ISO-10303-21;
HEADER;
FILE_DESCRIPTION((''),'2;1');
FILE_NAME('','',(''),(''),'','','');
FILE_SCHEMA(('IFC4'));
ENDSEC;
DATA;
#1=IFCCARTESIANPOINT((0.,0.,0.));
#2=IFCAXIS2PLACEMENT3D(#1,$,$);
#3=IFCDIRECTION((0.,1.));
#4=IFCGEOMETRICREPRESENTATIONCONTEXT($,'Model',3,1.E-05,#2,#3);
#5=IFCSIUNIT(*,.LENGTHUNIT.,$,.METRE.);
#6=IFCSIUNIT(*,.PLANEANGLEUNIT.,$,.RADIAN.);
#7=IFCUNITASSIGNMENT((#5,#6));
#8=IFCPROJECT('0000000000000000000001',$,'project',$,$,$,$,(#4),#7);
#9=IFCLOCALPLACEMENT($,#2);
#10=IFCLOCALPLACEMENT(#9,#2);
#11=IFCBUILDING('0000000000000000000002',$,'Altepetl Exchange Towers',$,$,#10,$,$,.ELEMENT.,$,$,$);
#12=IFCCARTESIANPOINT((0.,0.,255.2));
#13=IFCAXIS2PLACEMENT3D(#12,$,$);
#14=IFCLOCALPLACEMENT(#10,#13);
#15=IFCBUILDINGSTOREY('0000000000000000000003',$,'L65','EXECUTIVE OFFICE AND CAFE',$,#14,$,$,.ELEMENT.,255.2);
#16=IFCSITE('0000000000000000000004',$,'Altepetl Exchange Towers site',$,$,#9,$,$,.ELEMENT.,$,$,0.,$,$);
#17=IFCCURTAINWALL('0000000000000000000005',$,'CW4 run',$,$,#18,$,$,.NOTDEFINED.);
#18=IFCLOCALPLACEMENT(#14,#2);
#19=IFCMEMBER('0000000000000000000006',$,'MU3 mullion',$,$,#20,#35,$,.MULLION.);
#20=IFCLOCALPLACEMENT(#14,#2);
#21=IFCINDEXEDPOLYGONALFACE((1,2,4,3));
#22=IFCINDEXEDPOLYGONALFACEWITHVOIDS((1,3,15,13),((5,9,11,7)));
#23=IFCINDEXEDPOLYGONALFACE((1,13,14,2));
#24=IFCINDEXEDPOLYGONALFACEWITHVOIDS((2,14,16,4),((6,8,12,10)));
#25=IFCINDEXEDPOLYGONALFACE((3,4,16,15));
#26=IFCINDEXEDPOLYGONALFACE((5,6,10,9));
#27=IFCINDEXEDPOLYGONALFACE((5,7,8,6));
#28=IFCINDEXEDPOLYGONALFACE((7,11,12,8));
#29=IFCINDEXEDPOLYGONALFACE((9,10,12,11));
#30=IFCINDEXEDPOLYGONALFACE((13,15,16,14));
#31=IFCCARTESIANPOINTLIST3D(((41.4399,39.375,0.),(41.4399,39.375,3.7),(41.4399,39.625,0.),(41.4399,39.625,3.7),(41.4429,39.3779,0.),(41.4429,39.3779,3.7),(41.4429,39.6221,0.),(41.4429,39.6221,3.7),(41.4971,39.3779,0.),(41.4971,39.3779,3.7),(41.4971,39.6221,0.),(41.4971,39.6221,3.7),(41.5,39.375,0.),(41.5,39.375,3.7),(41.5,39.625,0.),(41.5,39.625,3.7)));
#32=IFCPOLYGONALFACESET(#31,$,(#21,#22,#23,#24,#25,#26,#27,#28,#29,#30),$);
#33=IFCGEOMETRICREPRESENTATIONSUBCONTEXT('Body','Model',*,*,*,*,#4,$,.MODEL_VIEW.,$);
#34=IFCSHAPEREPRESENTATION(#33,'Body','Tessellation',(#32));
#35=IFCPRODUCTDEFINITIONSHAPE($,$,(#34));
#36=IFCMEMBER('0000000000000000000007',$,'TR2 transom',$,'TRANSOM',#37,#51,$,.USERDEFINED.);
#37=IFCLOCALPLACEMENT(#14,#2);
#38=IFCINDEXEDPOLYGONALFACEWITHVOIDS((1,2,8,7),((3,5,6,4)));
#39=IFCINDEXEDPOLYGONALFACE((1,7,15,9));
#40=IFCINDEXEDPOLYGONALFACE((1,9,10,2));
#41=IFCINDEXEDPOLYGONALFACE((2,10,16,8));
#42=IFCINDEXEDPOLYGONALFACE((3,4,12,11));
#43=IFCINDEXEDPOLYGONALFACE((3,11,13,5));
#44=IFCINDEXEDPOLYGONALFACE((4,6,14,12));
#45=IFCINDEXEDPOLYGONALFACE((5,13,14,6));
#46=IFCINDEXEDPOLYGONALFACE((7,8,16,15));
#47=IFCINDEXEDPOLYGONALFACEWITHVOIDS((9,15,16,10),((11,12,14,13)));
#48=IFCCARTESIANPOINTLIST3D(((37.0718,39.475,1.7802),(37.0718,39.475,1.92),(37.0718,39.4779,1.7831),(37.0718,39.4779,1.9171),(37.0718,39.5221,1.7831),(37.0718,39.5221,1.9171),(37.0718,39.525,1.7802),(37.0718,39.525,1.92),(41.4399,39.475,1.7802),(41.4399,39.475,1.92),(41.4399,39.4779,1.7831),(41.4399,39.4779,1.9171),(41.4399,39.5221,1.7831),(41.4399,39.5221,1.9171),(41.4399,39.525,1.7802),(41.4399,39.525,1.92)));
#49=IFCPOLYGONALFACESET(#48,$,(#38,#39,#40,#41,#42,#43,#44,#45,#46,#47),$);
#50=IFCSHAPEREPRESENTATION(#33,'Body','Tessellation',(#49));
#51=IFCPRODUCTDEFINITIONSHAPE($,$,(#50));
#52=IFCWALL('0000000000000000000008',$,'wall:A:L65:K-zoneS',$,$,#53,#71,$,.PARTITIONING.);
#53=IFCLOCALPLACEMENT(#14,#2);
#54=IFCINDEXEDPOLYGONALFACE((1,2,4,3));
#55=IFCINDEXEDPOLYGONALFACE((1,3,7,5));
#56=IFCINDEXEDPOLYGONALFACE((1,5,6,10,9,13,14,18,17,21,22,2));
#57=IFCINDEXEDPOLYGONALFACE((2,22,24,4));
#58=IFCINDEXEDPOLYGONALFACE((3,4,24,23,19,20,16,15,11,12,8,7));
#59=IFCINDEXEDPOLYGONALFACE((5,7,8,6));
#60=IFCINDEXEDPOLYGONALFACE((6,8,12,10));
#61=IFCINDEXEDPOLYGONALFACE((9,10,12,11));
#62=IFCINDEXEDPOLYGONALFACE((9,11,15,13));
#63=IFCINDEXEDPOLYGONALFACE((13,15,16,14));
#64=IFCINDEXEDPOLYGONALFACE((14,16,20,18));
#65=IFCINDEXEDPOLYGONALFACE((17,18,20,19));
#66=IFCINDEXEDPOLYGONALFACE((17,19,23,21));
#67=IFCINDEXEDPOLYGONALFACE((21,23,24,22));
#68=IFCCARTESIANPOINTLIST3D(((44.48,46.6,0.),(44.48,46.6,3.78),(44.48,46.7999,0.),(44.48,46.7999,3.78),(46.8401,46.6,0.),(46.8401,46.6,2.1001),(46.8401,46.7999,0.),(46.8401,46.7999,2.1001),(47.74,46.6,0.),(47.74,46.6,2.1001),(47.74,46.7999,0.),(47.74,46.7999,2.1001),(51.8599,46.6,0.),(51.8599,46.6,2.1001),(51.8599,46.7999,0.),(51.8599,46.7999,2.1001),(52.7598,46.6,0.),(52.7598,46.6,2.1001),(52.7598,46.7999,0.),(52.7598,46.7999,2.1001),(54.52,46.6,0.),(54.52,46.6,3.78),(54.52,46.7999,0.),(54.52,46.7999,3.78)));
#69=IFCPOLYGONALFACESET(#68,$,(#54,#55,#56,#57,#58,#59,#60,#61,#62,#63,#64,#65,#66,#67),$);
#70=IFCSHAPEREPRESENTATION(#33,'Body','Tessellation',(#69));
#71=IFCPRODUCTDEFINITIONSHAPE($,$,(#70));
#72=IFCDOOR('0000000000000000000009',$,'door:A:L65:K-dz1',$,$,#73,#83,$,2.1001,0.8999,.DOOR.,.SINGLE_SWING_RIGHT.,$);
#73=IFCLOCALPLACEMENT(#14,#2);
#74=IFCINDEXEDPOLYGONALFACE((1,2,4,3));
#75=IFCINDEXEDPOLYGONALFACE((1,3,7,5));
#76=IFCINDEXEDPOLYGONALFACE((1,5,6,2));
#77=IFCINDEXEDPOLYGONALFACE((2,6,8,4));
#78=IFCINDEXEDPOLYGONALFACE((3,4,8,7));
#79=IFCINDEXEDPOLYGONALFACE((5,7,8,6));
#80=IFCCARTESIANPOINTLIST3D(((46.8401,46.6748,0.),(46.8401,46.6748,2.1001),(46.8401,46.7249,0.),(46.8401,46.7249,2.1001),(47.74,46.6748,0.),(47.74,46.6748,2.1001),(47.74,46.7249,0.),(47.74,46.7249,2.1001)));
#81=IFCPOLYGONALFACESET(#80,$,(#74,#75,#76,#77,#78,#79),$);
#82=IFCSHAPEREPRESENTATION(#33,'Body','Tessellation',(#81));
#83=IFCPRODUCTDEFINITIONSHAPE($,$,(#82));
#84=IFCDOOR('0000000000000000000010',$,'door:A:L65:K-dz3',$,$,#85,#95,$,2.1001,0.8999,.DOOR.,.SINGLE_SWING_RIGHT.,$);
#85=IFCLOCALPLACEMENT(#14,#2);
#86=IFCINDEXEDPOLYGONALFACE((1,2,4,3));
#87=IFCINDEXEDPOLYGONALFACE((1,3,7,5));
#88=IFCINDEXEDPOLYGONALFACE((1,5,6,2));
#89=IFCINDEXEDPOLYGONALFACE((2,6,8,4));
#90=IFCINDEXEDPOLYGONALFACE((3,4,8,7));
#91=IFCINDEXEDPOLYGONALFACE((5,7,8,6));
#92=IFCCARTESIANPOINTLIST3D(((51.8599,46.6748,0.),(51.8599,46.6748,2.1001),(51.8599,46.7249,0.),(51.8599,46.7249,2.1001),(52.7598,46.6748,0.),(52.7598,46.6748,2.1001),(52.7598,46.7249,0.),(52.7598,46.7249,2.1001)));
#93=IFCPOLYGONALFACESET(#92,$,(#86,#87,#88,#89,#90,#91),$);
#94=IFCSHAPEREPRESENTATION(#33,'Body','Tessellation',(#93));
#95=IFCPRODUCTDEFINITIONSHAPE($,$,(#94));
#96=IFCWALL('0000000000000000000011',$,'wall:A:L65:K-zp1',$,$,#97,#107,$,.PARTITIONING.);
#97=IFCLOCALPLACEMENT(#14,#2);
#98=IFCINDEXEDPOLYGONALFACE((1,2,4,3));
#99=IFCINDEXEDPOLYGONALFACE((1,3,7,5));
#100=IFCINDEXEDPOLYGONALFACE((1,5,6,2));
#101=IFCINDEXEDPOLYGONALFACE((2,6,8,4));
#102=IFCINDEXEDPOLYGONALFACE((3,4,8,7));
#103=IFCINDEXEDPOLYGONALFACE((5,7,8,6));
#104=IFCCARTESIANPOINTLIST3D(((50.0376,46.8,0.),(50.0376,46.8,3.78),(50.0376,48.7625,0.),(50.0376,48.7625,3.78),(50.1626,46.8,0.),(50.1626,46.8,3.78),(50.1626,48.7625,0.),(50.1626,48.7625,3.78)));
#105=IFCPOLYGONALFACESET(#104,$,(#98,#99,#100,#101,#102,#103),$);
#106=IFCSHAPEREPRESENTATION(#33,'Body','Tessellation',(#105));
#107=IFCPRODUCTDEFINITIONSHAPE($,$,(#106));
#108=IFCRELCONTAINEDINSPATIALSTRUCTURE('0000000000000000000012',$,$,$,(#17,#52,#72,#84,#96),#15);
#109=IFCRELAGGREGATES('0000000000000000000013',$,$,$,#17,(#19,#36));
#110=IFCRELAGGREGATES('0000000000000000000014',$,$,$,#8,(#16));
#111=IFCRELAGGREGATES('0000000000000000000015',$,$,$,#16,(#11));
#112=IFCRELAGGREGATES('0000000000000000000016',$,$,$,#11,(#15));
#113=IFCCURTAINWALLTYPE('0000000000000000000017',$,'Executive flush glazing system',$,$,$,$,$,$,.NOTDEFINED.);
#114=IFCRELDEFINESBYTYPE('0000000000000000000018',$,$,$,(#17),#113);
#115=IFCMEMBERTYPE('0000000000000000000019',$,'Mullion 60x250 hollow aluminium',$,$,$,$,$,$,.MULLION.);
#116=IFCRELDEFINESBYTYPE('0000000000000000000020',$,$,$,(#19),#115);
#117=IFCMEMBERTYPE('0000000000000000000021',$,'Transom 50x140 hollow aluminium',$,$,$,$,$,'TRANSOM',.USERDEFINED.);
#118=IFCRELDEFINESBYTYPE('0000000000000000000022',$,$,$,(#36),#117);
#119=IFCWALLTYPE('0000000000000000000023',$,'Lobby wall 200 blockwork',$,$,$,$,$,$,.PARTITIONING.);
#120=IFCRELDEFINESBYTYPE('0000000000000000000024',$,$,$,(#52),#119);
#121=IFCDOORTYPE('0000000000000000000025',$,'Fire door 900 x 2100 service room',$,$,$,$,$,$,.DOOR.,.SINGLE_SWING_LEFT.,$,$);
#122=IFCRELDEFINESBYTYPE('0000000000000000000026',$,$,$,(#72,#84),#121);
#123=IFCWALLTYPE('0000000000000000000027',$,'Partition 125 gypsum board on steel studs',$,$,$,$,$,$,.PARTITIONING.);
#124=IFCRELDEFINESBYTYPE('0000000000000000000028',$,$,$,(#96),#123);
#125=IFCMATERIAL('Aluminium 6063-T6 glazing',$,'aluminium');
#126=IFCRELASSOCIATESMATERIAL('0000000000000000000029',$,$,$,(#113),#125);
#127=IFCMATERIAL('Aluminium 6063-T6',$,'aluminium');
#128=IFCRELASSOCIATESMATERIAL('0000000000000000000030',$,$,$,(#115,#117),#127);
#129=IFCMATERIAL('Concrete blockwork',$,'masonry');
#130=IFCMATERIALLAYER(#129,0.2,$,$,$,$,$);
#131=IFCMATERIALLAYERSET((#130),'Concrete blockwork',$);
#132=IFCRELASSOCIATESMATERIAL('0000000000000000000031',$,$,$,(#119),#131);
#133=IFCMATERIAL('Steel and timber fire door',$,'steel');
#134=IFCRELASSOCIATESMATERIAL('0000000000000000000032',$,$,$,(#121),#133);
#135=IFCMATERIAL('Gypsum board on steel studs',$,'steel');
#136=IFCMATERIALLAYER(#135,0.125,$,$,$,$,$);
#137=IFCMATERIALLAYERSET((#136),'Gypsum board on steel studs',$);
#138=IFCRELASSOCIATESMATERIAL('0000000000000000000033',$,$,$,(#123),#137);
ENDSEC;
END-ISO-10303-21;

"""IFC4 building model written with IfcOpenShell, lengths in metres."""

from ifc_helpers import new_model, si_unit, direction, frame, frame_2d, origin, origin_2d, place, context, subcontext, project, spatial, rectangle, hollow_rectangle, extrude, material, layer, layer_set, material_profile, profile_set, type_object, element, fill, aggregate, save


model = new_model("IFC4")

# Units and contexts
model_context = context("Model", 3, precision=1e-05, world=origin(), true_north=direction((0.0, 1.0)))
body_context = subcontext(model_context, "Body", "Model", "MODEL_VIEW")
ifc_project = project(units=[si_unit("LENGTHUNIT", "METRE"), si_unit("PLANEANGLEUNIT", "RADIAN")], contexts=[model_context])

# Site, building, storey
site_placement = place(None, origin())
site = spatial("IfcSite", under=ifc_project, at=site_placement, Name="Altepetl Exchange Towers site", CompositionType="ELEMENT", RefElevation=0.0)
building_placement = place(site_placement, origin())
building = spatial("IfcBuilding", under=site, at=building_placement, Name="Altepetl Exchange Towers", CompositionType="ELEMENT")
storey_placement = place(building_placement, frame((0.0, 0.0, 255.2)))
storey = spatial("IfcBuildingStorey", under=building, at=storey_placement, Name="L65", Description="EXECUTIVE OFFICE AND CAFE", CompositionType="ELEMENT", Elevation=255.2)

# Curtain wall, members
ifc_material_1 = material(Name="Aluminium 6063-T6 glazing", Category="aluminium")
curtain_wall_type = type_object("IfcCurtainWallType", Name="Executive flush glazing system", PredefinedType="NOTDEFINED", material=ifc_material_1)
curtain_wall_placement = place(storey_placement, origin())
curtain_wall = element("IfcCurtainWall", 1, at=curtain_wall_placement, inside=storey, type_object=curtain_wall_type, Name="CW4 run", PredefinedType="NOTDEFINED")
ifc_material_2 = material(Name="Aluminium 6063-T6", Category="aluminium")
ifc_material_profile_1 = material_profile(ifc_material_2, hollow_rectangle(XDim=0.0601, YDim=0.25, WallThickness=0.0029, at=origin_2d()), Name="Mullion 60x250 hollow aluminium")
ifc_profile_set_1 = profile_set([ifc_material_profile_1], Name="Aluminium 6063-T6")
member_type_1 = type_object("IfcMemberType", Name="Mullion 60x250 hollow aluminium", PredefinedType="MULLION", material=ifc_profile_set_1)
member_1_placement = place(storey_placement, frame((41.47, 39.5, 0.0), z_axis=(0.0, 0.0, 1.0), x_axis=(-1.0, 0.0, 0.0)))
member_1 = element("IfcMember", 2, at=member_1_placement, type_object=member_type_1, Name="MU3 mullion", PredefinedType="MULLION", context=body_context, shape_type="SweptSolid", body=[
    extrude(hollow_rectangle(XDim=0.0601, YDim=0.25, WallThickness=0.0029, at=origin_2d()), origin(), (0.0, 0.0, 1.0), 3.7),
])
ifc_material_profile_2 = material_profile(ifc_material_2, hollow_rectangle(XDim=0.05, YDim=0.1399, WallThickness=0.0029, at=origin_2d()), Name="Transom 50x140 hollow aluminium")
ifc_profile_set_2 = profile_set([ifc_material_profile_2], Name="Aluminium 6063-T6")
member_type_2 = type_object("IfcMemberType", Name="Transom 50x140 hollow aluminium", ElementType="TRANSOM", PredefinedType="USERDEFINED", material=ifc_profile_set_2)
member_2_placement = place(storey_placement, frame((41.4399, 39.5, 1.8501), z_axis=(-1.0, 0.0, 0.0), x_axis=(0.0, -1.0, 0.0)))
member_2 = element("IfcMember", 3, at=member_2_placement, type_object=member_type_2, Name="TR2 transom", ObjectType="TRANSOM", PredefinedType="USERDEFINED", context=body_context, shape_type="SweptSolid", body=[
    extrude(hollow_rectangle(XDim=0.05, YDim=0.1399, WallThickness=0.0029, at=origin_2d()), origin(), (0.0, 0.0, 1.0), 4.3682),
])
aggregate(curtain_wall, [member_1, member_2])

# Wall, openings, doors
ifc_material_3 = material(Name="Concrete blockwork", Category="masonry")
ifc_layer_1 = layer(ifc_material_3, 0.2)
ifc_layer_set_1 = layer_set([ifc_layer_1], Name="Concrete blockwork")
wall_type_1 = type_object("IfcWallType", Name="Lobby wall 200 blockwork", PredefinedType="PARTITIONING", material=ifc_layer_set_1)
wall_1_placement = place(storey_placement, frame((44.48, 46.7, 0.0)))
wall_1 = element("IfcWall", 4, at=wall_1_placement, inside=storey, type_object=wall_type_1, Name="wall:A:L65:K-zoneS", PredefinedType="PARTITIONING", context=body_context, shape_type="SweptSolid", body=[
    extrude(rectangle(XDim=10.04, YDim=0.2, at=frame_2d((5.02, 0.0))), origin(), (0.0, 0.0, 1.0), 3.78),
])
opening_1_placement = place(wall_1_placement, frame((2.3601, 0.0, 0.0)))
opening_1 = element("IfcOpeningElement", 5, at=opening_1_placement, cuts=wall_1, PredefinedType="OPENING", context=body_context, shape_type="SweptSolid", body=[
    extrude(rectangle(XDim=0.8999, YDim=2.1001, at=frame_2d((0.45, 1.05))), frame((0.0, 0.1099, 0.0), z_axis=(0.0, -1.0, 0.0), x_axis=(1.0, 0.0, 0.0)), (0.0, 0.0, 1.0), 0.22),
])
opening_2_placement = place(wall_1_placement, frame((7.3799, 0.0, 0.0)))
opening_2 = element("IfcOpeningElement", 6, at=opening_2_placement, cuts=wall_1, PredefinedType="OPENING", context=body_context, shape_type="SweptSolid", body=[
    extrude(rectangle(XDim=0.8999, YDim=2.1001, at=frame_2d((0.45, 1.05))), frame((0.0, 0.1099, 0.0), z_axis=(0.0, -1.0, 0.0), x_axis=(1.0, 0.0, 0.0)), (0.0, 0.0, 1.0), 0.22),
])
ifc_material_4 = material(Name="Steel and timber fire door", Category="steel")
door_type_1 = type_object("IfcDoorType", Name="Fire door 900 x 2100 service room", OperationType="SINGLE_SWING_LEFT", PredefinedType="DOOR", material=ifc_material_4)
door_1_placement = place(opening_1_placement, origin())
door_1 = element("IfcDoor", 7, at=door_1_placement, inside=storey, type_object=door_type_1, Name="door:A:L65:K-dz1", OperationType="SINGLE_SWING_RIGHT", OverallHeight=2.1001, OverallWidth=0.8999, PredefinedType="DOOR", context=body_context, shape_type="SweptSolid", body=[
    extrude(rectangle(XDim=0.8999, YDim=2.1001, at=frame_2d((0.45, 1.05))), frame((0.0, 0.0249, 0.0), z_axis=(0.0, -1.0, 0.0), x_axis=(1.0, 0.0, 0.0)), (0.0, 0.0, 1.0), 0.05),
])
fill(opening_1, door_1)
door_2_placement = place(opening_2_placement, origin())
door_2 = element("IfcDoor", 8, at=door_2_placement, inside=storey, type_object=door_type_1, Name="door:A:L65:K-dz3", OperationType="SINGLE_SWING_RIGHT", OverallHeight=2.1001, OverallWidth=0.8999, PredefinedType="DOOR", context=body_context, shape_type="SweptSolid", body=[
    extrude(rectangle(XDim=0.8999, YDim=2.1001, at=frame_2d((0.45, 1.05))), frame((0.0, 0.0249, 0.0), z_axis=(0.0, -1.0, 0.0), x_axis=(1.0, 0.0, 0.0)), (0.0, 0.0, 1.0), 0.05),
])
fill(opening_2, door_2)

# Wall
ifc_material_5 = material(Name="Gypsum board on steel studs", Category="steel")
ifc_layer_2 = layer(ifc_material_5, 0.125)
ifc_layer_set_2 = layer_set([ifc_layer_2], Name="Gypsum board on steel studs")
wall_type_2 = type_object("IfcWallType", Name="Partition 125 gypsum board on steel studs", PredefinedType="PARTITIONING", material=ifc_layer_set_2)
wall_2_placement = place(storey_placement, frame((50.1001, 46.8, 0.0), z_axis=(0.0, 0.0, 1.0), x_axis=(0.0, 1.0, 0.0)))
element("IfcWall", 9, at=wall_2_placement, inside=storey, type_object=wall_type_2, Name="wall:A:L65:K-zp1", PredefinedType="PARTITIONING", context=body_context, shape_type="SweptSolid", body=[
    extrude(rectangle(XDim=1.9624, YDim=0.125, at=frame_2d((0.9812, 0.0))), origin(), (0.0, 0.0, 1.0), 3.78),
])

save(model, "model.ifc")
